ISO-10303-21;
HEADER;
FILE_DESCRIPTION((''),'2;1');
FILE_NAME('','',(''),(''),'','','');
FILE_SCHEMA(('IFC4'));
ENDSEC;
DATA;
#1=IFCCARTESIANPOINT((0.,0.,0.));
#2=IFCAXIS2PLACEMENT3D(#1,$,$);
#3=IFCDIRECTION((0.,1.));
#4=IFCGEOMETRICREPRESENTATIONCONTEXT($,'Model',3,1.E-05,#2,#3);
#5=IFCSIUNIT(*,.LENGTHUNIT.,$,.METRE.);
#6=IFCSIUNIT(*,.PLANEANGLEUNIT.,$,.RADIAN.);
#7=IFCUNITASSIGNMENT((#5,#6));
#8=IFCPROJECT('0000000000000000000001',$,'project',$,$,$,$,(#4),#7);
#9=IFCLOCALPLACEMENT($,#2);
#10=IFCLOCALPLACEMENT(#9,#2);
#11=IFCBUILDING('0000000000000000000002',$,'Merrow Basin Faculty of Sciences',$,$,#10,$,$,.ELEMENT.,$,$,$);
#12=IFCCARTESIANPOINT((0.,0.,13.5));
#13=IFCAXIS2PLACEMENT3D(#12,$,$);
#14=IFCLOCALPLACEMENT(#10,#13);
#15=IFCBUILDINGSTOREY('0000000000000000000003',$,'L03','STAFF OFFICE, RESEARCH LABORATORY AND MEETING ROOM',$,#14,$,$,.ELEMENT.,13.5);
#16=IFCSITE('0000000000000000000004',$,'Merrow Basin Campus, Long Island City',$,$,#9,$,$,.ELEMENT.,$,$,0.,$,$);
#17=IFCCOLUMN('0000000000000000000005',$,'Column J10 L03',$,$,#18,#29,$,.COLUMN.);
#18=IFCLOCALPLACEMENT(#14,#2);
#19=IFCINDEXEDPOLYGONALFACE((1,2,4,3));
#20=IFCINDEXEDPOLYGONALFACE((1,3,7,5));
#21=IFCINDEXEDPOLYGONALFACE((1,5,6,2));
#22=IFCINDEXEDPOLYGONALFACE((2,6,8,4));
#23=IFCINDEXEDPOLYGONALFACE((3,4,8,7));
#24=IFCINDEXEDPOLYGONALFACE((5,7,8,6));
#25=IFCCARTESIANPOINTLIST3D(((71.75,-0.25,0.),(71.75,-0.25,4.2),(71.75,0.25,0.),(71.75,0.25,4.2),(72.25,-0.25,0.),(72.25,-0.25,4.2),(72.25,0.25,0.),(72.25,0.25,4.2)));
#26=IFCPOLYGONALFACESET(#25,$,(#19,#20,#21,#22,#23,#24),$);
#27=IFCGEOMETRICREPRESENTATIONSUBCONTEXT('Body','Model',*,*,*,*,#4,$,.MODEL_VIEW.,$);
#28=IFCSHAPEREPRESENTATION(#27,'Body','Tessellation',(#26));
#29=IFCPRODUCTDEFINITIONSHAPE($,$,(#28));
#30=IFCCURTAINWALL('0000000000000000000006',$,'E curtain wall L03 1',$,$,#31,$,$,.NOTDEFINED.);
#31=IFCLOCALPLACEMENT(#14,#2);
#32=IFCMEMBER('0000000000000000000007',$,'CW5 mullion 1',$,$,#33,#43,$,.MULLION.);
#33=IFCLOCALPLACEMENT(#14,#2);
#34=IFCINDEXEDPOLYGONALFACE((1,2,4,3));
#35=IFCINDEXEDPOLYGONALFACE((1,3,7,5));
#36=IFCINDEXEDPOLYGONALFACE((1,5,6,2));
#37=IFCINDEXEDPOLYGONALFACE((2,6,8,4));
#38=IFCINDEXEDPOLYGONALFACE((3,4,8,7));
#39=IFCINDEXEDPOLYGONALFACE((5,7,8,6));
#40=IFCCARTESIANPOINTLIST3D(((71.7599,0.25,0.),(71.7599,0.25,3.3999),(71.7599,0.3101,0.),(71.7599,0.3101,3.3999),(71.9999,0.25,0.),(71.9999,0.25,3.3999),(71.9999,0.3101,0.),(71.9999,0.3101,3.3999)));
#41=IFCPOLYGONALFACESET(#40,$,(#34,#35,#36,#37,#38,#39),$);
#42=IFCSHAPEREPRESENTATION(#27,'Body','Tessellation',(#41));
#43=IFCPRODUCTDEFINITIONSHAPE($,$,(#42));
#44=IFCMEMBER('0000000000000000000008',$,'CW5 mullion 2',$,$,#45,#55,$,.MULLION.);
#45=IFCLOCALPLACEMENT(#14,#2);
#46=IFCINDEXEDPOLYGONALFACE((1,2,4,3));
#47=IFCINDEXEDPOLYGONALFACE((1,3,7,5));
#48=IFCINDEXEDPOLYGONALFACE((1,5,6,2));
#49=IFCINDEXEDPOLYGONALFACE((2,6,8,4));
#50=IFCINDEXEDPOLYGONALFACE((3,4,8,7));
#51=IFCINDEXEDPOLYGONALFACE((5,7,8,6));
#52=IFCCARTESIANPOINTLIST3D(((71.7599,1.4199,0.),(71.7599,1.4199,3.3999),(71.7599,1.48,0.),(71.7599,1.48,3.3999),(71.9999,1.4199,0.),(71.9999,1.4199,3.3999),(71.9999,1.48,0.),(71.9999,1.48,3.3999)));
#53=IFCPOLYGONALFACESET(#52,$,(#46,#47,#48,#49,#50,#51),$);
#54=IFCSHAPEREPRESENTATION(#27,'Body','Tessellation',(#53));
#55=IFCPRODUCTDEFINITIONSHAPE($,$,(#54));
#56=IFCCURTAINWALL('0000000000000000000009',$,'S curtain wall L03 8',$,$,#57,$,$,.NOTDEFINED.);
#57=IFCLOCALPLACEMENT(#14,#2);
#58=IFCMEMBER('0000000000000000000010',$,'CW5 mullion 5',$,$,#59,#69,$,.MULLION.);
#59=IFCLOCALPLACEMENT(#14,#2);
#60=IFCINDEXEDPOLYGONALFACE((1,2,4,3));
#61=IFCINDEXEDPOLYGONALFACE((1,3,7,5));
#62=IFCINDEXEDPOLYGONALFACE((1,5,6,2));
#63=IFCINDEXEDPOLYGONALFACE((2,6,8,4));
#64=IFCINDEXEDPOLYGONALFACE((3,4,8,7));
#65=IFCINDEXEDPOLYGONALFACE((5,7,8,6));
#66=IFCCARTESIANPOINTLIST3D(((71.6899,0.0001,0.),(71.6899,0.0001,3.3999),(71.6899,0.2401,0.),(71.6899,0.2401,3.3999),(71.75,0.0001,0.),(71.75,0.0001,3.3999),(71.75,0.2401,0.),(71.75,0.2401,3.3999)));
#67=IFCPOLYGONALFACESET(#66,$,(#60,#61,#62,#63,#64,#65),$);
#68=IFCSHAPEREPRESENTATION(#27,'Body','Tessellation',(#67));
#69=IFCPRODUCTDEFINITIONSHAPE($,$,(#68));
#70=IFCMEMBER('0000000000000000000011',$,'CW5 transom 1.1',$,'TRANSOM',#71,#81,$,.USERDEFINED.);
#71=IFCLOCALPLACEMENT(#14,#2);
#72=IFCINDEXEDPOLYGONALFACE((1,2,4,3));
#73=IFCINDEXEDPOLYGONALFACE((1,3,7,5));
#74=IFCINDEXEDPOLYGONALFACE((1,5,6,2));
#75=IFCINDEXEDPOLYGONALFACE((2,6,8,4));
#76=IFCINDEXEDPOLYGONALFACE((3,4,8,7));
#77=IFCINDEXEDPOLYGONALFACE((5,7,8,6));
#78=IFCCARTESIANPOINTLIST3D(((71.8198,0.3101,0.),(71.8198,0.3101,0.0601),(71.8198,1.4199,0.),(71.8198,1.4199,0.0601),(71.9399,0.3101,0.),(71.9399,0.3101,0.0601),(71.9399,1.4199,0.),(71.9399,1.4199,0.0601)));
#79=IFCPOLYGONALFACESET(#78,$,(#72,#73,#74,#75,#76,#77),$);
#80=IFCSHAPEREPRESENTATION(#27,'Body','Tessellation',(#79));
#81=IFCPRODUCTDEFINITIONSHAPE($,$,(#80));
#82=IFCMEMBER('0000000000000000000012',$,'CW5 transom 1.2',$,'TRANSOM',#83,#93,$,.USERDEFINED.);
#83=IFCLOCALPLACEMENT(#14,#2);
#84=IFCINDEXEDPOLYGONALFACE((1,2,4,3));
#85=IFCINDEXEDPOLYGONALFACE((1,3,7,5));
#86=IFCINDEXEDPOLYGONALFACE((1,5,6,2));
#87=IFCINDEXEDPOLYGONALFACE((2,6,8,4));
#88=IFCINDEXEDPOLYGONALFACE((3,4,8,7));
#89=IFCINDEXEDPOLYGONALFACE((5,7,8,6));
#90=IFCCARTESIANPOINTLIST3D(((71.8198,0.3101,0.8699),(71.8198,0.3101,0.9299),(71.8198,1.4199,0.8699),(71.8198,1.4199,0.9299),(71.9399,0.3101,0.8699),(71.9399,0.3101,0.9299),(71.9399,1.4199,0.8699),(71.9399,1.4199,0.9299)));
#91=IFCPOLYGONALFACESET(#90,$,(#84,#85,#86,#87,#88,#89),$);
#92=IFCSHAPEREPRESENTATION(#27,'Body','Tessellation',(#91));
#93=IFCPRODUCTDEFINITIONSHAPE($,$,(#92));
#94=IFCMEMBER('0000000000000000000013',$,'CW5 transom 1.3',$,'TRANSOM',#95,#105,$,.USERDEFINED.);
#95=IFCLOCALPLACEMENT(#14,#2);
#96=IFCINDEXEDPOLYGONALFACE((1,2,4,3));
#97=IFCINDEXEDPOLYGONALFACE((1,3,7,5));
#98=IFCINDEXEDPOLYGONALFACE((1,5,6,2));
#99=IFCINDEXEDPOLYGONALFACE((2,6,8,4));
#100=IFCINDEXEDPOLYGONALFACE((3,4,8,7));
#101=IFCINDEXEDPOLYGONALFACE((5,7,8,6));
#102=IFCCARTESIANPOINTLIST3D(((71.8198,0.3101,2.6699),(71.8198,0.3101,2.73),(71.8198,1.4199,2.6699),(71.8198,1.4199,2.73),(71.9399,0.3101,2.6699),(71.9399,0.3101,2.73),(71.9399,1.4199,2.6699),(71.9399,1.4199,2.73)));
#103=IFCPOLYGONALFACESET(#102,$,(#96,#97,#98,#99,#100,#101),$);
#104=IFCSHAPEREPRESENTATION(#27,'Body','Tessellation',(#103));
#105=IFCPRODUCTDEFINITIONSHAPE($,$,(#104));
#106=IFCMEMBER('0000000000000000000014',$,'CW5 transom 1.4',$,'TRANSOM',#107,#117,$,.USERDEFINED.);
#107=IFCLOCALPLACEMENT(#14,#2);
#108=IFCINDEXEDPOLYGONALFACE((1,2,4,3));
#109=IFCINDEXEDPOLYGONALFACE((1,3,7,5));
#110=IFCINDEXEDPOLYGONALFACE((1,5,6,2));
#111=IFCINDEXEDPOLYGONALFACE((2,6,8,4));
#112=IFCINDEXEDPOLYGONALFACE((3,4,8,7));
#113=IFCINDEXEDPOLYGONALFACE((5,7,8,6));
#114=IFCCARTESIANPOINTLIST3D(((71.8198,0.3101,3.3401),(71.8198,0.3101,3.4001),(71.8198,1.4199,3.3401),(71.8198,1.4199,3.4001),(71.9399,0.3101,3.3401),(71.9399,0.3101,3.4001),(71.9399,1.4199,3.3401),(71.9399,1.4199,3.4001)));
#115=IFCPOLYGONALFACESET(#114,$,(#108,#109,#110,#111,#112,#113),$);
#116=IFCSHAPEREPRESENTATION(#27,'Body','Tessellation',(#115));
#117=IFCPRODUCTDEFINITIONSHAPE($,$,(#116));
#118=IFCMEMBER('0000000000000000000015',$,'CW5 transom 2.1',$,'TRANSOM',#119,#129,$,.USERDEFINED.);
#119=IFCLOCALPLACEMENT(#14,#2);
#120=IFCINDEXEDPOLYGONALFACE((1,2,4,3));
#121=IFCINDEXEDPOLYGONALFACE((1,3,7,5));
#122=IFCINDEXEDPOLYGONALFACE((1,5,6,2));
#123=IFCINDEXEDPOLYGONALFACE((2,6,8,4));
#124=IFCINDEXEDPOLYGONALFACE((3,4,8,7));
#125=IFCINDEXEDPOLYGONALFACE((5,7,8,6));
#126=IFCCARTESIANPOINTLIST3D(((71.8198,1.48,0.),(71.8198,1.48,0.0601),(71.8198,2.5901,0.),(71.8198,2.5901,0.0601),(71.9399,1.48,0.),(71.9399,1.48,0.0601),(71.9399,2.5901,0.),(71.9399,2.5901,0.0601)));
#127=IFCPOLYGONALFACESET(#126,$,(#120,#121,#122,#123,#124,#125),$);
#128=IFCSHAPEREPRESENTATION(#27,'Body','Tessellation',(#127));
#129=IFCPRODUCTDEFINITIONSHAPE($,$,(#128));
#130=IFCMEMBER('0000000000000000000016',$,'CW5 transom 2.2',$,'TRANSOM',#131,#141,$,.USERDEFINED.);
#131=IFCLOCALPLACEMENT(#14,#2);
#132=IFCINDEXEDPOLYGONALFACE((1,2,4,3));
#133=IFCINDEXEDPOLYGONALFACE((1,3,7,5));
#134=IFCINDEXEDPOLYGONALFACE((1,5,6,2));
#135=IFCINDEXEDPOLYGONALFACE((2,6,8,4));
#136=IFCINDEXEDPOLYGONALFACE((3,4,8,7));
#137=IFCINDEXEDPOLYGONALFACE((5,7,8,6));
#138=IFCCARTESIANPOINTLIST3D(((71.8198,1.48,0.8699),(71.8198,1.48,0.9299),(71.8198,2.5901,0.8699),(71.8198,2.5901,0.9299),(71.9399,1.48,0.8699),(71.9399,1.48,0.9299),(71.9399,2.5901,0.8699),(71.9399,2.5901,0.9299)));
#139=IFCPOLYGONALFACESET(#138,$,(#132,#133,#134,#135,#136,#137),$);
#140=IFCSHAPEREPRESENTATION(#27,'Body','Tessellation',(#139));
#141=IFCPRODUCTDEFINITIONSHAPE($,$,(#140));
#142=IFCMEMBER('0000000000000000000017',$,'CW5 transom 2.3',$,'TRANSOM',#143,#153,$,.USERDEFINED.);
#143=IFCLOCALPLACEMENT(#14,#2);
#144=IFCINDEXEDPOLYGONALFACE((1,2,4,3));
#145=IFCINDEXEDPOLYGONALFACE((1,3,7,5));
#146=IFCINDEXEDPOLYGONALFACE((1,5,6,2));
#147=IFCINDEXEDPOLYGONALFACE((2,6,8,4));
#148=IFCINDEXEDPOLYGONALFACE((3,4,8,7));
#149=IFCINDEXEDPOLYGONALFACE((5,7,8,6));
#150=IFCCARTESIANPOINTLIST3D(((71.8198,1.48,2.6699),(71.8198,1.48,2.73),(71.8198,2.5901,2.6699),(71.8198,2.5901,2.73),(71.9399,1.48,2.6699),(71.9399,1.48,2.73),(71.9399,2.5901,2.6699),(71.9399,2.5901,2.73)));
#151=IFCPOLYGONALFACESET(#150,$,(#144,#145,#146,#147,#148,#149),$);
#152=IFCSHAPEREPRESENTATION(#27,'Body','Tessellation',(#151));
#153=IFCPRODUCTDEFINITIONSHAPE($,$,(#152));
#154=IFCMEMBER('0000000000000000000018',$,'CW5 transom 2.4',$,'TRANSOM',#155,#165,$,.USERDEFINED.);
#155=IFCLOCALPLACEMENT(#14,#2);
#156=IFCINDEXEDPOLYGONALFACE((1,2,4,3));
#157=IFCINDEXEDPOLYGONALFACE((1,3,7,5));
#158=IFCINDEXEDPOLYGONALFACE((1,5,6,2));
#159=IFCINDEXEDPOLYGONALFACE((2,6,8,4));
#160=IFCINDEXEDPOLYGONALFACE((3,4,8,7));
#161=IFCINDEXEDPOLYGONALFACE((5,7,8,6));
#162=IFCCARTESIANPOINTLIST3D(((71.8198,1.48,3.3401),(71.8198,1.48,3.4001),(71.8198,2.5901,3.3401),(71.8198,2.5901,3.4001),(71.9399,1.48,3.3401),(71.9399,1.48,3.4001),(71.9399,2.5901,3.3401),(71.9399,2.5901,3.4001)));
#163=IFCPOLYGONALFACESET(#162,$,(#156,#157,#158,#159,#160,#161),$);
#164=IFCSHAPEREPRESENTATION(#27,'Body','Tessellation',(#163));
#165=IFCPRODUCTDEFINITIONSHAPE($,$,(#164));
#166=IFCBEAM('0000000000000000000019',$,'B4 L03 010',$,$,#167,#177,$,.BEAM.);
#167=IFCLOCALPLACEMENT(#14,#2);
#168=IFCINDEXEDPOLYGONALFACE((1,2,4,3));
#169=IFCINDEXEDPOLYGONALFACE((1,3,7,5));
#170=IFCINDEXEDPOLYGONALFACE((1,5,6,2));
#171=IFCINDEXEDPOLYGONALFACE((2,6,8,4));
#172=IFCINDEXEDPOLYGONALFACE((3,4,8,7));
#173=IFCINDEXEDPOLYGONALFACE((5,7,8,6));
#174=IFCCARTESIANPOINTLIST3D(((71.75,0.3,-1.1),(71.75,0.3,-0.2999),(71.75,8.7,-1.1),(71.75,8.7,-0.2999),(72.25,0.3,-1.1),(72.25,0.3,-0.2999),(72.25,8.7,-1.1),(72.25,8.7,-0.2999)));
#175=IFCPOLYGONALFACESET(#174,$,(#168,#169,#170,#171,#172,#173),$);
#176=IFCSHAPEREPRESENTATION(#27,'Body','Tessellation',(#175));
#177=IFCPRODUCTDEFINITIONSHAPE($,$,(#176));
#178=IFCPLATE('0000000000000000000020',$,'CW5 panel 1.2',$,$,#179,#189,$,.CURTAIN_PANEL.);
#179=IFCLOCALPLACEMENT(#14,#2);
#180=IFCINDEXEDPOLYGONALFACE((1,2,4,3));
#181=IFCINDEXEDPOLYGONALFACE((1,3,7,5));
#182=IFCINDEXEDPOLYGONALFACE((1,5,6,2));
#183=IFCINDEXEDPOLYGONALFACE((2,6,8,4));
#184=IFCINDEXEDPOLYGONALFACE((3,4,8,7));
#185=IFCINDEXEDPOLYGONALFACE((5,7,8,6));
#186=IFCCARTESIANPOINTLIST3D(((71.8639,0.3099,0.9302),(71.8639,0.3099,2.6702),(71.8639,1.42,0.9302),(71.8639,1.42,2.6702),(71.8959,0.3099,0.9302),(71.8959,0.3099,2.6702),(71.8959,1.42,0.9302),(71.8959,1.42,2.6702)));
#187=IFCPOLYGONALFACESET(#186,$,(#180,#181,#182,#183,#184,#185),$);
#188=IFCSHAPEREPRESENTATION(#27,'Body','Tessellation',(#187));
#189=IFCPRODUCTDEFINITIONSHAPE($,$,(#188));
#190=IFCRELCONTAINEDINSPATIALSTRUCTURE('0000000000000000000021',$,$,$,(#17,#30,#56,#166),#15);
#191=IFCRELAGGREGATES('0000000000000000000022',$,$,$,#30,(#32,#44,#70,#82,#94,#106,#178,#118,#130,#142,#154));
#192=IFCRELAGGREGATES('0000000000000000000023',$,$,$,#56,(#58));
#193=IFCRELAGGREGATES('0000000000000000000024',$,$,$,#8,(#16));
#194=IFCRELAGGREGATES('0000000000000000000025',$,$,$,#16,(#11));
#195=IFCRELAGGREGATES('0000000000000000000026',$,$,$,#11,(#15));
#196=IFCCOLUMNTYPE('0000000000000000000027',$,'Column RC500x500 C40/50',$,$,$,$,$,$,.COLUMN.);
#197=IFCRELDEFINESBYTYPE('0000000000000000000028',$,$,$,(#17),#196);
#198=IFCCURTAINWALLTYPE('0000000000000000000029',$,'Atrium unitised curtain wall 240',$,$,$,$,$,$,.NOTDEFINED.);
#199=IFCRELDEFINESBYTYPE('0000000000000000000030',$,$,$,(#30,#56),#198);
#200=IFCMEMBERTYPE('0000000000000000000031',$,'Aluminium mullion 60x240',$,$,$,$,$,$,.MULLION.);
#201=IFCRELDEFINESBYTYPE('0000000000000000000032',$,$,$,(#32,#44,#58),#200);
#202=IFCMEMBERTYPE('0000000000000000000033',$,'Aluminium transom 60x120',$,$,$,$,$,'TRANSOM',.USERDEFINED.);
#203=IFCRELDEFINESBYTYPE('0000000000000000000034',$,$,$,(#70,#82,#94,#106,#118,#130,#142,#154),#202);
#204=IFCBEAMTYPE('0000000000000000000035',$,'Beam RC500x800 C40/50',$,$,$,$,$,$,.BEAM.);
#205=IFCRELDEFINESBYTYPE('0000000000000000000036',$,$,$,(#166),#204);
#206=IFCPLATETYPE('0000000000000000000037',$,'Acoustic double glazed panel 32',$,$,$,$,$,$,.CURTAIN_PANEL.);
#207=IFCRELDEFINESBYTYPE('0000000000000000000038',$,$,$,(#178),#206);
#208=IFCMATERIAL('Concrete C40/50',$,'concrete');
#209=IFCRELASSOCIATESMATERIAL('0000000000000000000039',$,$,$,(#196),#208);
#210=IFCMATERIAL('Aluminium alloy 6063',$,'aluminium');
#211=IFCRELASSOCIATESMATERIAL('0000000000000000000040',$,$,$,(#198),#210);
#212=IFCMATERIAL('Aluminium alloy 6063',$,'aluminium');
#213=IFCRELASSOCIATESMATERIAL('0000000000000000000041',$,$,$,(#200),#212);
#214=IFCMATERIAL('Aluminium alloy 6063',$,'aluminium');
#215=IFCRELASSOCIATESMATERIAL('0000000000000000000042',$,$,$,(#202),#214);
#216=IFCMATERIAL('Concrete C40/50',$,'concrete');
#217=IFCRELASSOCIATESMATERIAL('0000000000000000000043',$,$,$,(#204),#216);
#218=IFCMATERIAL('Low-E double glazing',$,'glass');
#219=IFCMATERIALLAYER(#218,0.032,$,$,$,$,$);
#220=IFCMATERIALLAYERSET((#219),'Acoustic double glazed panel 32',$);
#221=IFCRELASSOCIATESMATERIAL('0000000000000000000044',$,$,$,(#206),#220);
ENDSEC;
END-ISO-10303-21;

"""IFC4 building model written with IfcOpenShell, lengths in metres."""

from ifc_helpers import new_model, si_unit, direction, frame, origin, origin_2d, place, context, subcontext, project, spatial, rectangle, extrude, material, layer, layer_set, material_profile, profile_set, type_object, element, aggregate, save


model = new_model("IFC4")

# Units and contexts
model_context = context("Model", 3, precision=1e-05, world=origin(), true_north=direction((0.0, 1.0)))
body_context = subcontext(model_context, "Body", "Model", "MODEL_VIEW")
ifc_project = project(units=[si_unit("LENGTHUNIT", "METRE"), si_unit("PLANEANGLEUNIT", "RADIAN")], contexts=[model_context])

# Site, building, storey
site_placement = place(None, origin())
site = spatial("IfcSite", under=ifc_project, at=site_placement, Name="Merrow Basin Campus, Long Island City", CompositionType="ELEMENT", RefElevation=0.0)
building_placement = place(site_placement, origin())
building = spatial("IfcBuilding", under=site, at=building_placement, Name="Merrow Basin Faculty of Sciences", CompositionType="ELEMENT")
storey_placement = place(building_placement, frame((0.0, 0.0, 13.5)))
storey = spatial("IfcBuildingStorey", under=building, at=storey_placement, Name="L03", Description="STAFF OFFICE, RESEARCH LABORATORY AND MEETING ROOM", CompositionType="ELEMENT", Elevation=13.5)

# Column
ifc_material_1 = material(Name="Concrete C40/50", Category="concrete")
ifc_material_profile_1 = material_profile(ifc_material_1, rectangle(XDim=0.5, YDim=0.5, at=origin_2d()))
ifc_profile_set_1 = profile_set([ifc_material_profile_1], Name="Concrete C40/50")
column_type = type_object("IfcColumnType", Name="Column RC500x500 C40/50", PredefinedType="COLUMN", material=ifc_profile_set_1)
column_placement = place(storey_placement, frame((72.0, 0.0, 0.0), z_axis=(0.0, 0.0, 1.0), x_axis=(1.0, 0.0, 0.0)))
element("IfcColumn", 1, at=column_placement, inside=storey, type_object=column_type, Name="Column J10 L03", PredefinedType="COLUMN", context=body_context, shape_type="SweptSolid", body=[
    extrude(rectangle(XDim=0.5, YDim=0.5, at=origin_2d()), origin(), (0.0, 0.0, 1.0), 4.2),
])

# Curtain wall, members
ifc_material_2 = material(Name="Aluminium alloy 6063", Category="aluminium")
curtain_wall_type = type_object("IfcCurtainWallType", Name="Atrium unitised curtain wall 240", PredefinedType="NOTDEFINED", material=ifc_material_2)
curtain_wall_1_placement = place(storey_placement, origin())
curtain_wall_1 = element("IfcCurtainWall", 2, at=curtain_wall_1_placement, inside=storey, type_object=curtain_wall_type, Name="E curtain wall L03 1", PredefinedType="NOTDEFINED")
ifc_material_3 = material(Name="Aluminium alloy 6063", Category="aluminium")
ifc_material_profile_2 = material_profile(ifc_material_3, rectangle(XDim=0.24, YDim=0.0601, at=origin_2d()))
ifc_profile_set_2 = profile_set([ifc_material_profile_2], Name="Aluminium alloy 6063")
member_type_1 = type_object("IfcMemberType", Name="Aluminium mullion 60x240", PredefinedType="MULLION", material=ifc_profile_set_2)
member_1_placement = place(storey_placement, frame((71.8799, 0.28, 0.0), z_axis=(0.0, 0.0, 1.0), x_axis=(-1.0, 0.0, 0.0)))
member_1 = element("IfcMember", 3, at=member_1_placement, type_object=member_type_1, Name="CW5 mullion 1", PredefinedType="MULLION", context=body_context, shape_type="SweptSolid", body=[
    extrude(rectangle(XDim=0.24, YDim=0.0601, at=origin_2d()), origin(), (0.0, 0.0, 1.0), 3.3999),
])
member_2_placement = place(storey_placement, frame((71.8799, 1.45, 0.0), z_axis=(0.0, 0.0, 1.0), x_axis=(-1.0, 0.0, 0.0)))
member_2 = element("IfcMember", 4, at=member_2_placement, type_object=member_type_1, Name="CW5 mullion 2", PredefinedType="MULLION", context=body_context, shape_type="SweptSolid", body=[
    extrude(rectangle(XDim=0.24, YDim=0.0601, at=origin_2d()), origin(), (0.0, 0.0, 1.0), 3.3999),
])

# Curtain wall, member
curtain_wall_2_placement = place(storey_placement, origin())
curtain_wall_2 = element("IfcCurtainWall", 5, at=curtain_wall_2_placement, inside=storey, type_object=curtain_wall_type, Name="S curtain wall L03 8", PredefinedType="NOTDEFINED")
member_3_placement = place(storey_placement, frame((71.72, 0.1201, 0.0), z_axis=(0.0, 0.0, 1.0), x_axis=(0.0, 1.0, 0.0)))
member_3 = element("IfcMember", 6, at=member_3_placement, type_object=member_type_1, Name="CW5 mullion 5", PredefinedType="MULLION", context=body_context, shape_type="SweptSolid", body=[
    extrude(rectangle(XDim=0.24, YDim=0.0601, at=origin_2d()), origin(), (0.0, 0.0, 1.0), 3.3999),
])

# Members
ifc_material_4 = material(Name="Aluminium alloy 6063", Category="aluminium")
ifc_material_profile_3 = material_profile(ifc_material_4, rectangle(XDim=0.1201, YDim=0.0601, at=origin_2d()))
ifc_profile_set_3 = profile_set([ifc_material_profile_3], Name="Aluminium alloy 6063")
member_type_2 = type_object("IfcMemberType", Name="Aluminium transom 60x120", ElementType="TRANSOM", PredefinedType="USERDEFINED", material=ifc_profile_set_3)
member_4_placement = place(storey_placement, frame((71.8799, 0.3101, 0.03), z_axis=(0.0, 1.0, 0.0), x_axis=(-1.0, 0.0, 0.0)))
member_4 = element("IfcMember", 7, at=member_4_placement, type_object=member_type_2, Name="CW5 transom 1.1", ObjectType="TRANSOM", PredefinedType="USERDEFINED", context=body_context, shape_type="SweptSolid", body=[
    extrude(rectangle(XDim=0.1201, YDim=0.0601, at=origin_2d()), origin(), (0.0, 0.0, 1.0), 1.1099),
])
member_5_placement = place(storey_placement, frame((71.8799, 0.3101, 0.8999), z_axis=(0.0, 1.0, 0.0), x_axis=(-1.0, 0.0, 0.0)))
member_5 = element("IfcMember", 8, at=member_5_placement, type_object=member_type_2, Name="CW5 transom 1.2", ObjectType="TRANSOM", PredefinedType="USERDEFINED", context=body_context, shape_type="SweptSolid", body=[
    extrude(rectangle(XDim=0.1201, YDim=0.0601, at=origin_2d()), origin(), (0.0, 0.0, 1.0), 1.1099),
])
member_6_placement = place(storey_placement, frame((71.8799, 0.3101, 2.7), z_axis=(0.0, 1.0, 0.0), x_axis=(-1.0, 0.0, 0.0)))
member_6 = element("IfcMember", 9, at=member_6_placement, type_object=member_type_2, Name="CW5 transom 1.3", ObjectType="TRANSOM", PredefinedType="USERDEFINED", context=body_context, shape_type="SweptSolid", body=[
    extrude(rectangle(XDim=0.1201, YDim=0.0601, at=origin_2d()), origin(), (0.0, 0.0, 1.0), 1.1099),
])
member_7_placement = place(storey_placement, frame((71.8799, 0.3101, 3.3701), z_axis=(0.0, 1.0, 0.0), x_axis=(-1.0, 0.0, 0.0)))
member_7 = element("IfcMember", 10, at=member_7_placement, type_object=member_type_2, Name="CW5 transom 1.4", ObjectType="TRANSOM", PredefinedType="USERDEFINED", context=body_context, shape_type="SweptSolid", body=[
    extrude(rectangle(XDim=0.1201, YDim=0.0601, at=origin_2d()), origin(), (0.0, 0.0, 1.0), 1.1099),
])
member_8_placement = place(storey_placement, frame((71.8799, 1.48, 0.03), z_axis=(0.0, 1.0, 0.0), x_axis=(-1.0, 0.0, 0.0)))
member_8 = element("IfcMember", 11, at=member_8_placement, type_object=member_type_2, Name="CW5 transom 2.1", ObjectType="TRANSOM", PredefinedType="USERDEFINED", context=body_context, shape_type="SweptSolid", body=[
    extrude(rectangle(XDim=0.1201, YDim=0.0601, at=origin_2d()), origin(), (0.0, 0.0, 1.0), 1.1101),
])
member_9_placement = place(storey_placement, frame((71.8799, 1.48, 0.8999), z_axis=(0.0, 1.0, 0.0), x_axis=(-1.0, 0.0, 0.0)))
member_9 = element("IfcMember", 12, at=member_9_placement, type_object=member_type_2, Name="CW5 transom 2.2", ObjectType="TRANSOM", PredefinedType="USERDEFINED", context=body_context, shape_type="SweptSolid", body=[
    extrude(rectangle(XDim=0.1201, YDim=0.0601, at=origin_2d()), origin(), (0.0, 0.0, 1.0), 1.1101),
])
member_10_placement = place(storey_placement, frame((71.8799, 1.48, 2.7), z_axis=(0.0, 1.0, 0.0), x_axis=(-1.0, 0.0, 0.0)))
member_10 = element("IfcMember", 13, at=member_10_placement, type_object=member_type_2, Name="CW5 transom 2.3", ObjectType="TRANSOM", PredefinedType="USERDEFINED", context=body_context, shape_type="SweptSolid", body=[
    extrude(rectangle(XDim=0.1201, YDim=0.0601, at=origin_2d()), origin(), (0.0, 0.0, 1.0), 1.1101),
])
member_11_placement = place(storey_placement, frame((71.8799, 1.48, 3.3701), z_axis=(0.0, 1.0, 0.0), x_axis=(-1.0, 0.0, 0.0)))
member_11 = element("IfcMember", 14, at=member_11_placement, type_object=member_type_2, Name="CW5 transom 2.4", ObjectType="TRANSOM", PredefinedType="USERDEFINED", context=body_context, shape_type="SweptSolid", body=[
    extrude(rectangle(XDim=0.1201, YDim=0.0601, at=origin_2d()), origin(), (0.0, 0.0, 1.0), 1.1101),
])

# Beam
ifc_material_5 = material(Name="Concrete C40/50", Category="concrete")
ifc_material_profile_4 = material_profile(ifc_material_5, rectangle(XDim=0.5, YDim=0.8, at=origin_2d()))
ifc_profile_set_4 = profile_set([ifc_material_profile_4], Name="Concrete C40/50")
beam_type = type_object("IfcBeamType", Name="Beam RC500x800 C40/50", PredefinedType="BEAM", material=ifc_profile_set_4)
beam_placement = place(storey_placement, frame((72.0, 0.3, -0.7), z_axis=(0.0, 1.0, 0.0), x_axis=(-1.0, 0.0, 0.0)))
element("IfcBeam", 15, at=beam_placement, inside=storey, type_object=beam_type, Name="B4 L03 010", PredefinedType="BEAM", context=body_context, shape_type="SweptSolid", body=[
    extrude(rectangle(XDim=0.5, YDim=0.8, at=origin_2d()), origin(), (0.0, 0.0, 1.0), 8.3999),
])

# Plate
ifc_material_6 = material(Name="Low-E double glazing", Category="glass")
ifc_layer_1 = layer(ifc_material_6, 0.032)
ifc_layer_set_1 = layer_set([ifc_layer_1], Name="Acoustic double glazed panel 32")
plate_type_1 = type_object("IfcPlateType", Name="Acoustic double glazed panel 32", PredefinedType="CURTAIN_PANEL", material=ifc_layer_set_1)
plate_1_placement = place(storey_placement, frame((71.8799, 0.865, 0.9302), z_axis=(0.0, 0.0, 1.0), x_axis=(0.0, 1.0, 0.0)))
plate_1 = element("IfcPlate", 16, at=plate_1_placement, type_object=plate_type_1, Name="CW5 panel 1.2", PredefinedType="CURTAIN_PANEL", context=body_context, shape_type="SweptSolid", body=[
    extrude(rectangle(XDim=1.1101, YDim=0.032, at=origin_2d()), origin(), (0.0, 0.0, 1.0), 1.74),
])
aggregate(curtain_wall_1, [member_1, member_2, member_4, member_5, member_6, member_7, plate_1, member_8, member_9, member_10, member_11])
aggregate(curtain_wall_2, [member_3])

save(model, "model.ifc")
